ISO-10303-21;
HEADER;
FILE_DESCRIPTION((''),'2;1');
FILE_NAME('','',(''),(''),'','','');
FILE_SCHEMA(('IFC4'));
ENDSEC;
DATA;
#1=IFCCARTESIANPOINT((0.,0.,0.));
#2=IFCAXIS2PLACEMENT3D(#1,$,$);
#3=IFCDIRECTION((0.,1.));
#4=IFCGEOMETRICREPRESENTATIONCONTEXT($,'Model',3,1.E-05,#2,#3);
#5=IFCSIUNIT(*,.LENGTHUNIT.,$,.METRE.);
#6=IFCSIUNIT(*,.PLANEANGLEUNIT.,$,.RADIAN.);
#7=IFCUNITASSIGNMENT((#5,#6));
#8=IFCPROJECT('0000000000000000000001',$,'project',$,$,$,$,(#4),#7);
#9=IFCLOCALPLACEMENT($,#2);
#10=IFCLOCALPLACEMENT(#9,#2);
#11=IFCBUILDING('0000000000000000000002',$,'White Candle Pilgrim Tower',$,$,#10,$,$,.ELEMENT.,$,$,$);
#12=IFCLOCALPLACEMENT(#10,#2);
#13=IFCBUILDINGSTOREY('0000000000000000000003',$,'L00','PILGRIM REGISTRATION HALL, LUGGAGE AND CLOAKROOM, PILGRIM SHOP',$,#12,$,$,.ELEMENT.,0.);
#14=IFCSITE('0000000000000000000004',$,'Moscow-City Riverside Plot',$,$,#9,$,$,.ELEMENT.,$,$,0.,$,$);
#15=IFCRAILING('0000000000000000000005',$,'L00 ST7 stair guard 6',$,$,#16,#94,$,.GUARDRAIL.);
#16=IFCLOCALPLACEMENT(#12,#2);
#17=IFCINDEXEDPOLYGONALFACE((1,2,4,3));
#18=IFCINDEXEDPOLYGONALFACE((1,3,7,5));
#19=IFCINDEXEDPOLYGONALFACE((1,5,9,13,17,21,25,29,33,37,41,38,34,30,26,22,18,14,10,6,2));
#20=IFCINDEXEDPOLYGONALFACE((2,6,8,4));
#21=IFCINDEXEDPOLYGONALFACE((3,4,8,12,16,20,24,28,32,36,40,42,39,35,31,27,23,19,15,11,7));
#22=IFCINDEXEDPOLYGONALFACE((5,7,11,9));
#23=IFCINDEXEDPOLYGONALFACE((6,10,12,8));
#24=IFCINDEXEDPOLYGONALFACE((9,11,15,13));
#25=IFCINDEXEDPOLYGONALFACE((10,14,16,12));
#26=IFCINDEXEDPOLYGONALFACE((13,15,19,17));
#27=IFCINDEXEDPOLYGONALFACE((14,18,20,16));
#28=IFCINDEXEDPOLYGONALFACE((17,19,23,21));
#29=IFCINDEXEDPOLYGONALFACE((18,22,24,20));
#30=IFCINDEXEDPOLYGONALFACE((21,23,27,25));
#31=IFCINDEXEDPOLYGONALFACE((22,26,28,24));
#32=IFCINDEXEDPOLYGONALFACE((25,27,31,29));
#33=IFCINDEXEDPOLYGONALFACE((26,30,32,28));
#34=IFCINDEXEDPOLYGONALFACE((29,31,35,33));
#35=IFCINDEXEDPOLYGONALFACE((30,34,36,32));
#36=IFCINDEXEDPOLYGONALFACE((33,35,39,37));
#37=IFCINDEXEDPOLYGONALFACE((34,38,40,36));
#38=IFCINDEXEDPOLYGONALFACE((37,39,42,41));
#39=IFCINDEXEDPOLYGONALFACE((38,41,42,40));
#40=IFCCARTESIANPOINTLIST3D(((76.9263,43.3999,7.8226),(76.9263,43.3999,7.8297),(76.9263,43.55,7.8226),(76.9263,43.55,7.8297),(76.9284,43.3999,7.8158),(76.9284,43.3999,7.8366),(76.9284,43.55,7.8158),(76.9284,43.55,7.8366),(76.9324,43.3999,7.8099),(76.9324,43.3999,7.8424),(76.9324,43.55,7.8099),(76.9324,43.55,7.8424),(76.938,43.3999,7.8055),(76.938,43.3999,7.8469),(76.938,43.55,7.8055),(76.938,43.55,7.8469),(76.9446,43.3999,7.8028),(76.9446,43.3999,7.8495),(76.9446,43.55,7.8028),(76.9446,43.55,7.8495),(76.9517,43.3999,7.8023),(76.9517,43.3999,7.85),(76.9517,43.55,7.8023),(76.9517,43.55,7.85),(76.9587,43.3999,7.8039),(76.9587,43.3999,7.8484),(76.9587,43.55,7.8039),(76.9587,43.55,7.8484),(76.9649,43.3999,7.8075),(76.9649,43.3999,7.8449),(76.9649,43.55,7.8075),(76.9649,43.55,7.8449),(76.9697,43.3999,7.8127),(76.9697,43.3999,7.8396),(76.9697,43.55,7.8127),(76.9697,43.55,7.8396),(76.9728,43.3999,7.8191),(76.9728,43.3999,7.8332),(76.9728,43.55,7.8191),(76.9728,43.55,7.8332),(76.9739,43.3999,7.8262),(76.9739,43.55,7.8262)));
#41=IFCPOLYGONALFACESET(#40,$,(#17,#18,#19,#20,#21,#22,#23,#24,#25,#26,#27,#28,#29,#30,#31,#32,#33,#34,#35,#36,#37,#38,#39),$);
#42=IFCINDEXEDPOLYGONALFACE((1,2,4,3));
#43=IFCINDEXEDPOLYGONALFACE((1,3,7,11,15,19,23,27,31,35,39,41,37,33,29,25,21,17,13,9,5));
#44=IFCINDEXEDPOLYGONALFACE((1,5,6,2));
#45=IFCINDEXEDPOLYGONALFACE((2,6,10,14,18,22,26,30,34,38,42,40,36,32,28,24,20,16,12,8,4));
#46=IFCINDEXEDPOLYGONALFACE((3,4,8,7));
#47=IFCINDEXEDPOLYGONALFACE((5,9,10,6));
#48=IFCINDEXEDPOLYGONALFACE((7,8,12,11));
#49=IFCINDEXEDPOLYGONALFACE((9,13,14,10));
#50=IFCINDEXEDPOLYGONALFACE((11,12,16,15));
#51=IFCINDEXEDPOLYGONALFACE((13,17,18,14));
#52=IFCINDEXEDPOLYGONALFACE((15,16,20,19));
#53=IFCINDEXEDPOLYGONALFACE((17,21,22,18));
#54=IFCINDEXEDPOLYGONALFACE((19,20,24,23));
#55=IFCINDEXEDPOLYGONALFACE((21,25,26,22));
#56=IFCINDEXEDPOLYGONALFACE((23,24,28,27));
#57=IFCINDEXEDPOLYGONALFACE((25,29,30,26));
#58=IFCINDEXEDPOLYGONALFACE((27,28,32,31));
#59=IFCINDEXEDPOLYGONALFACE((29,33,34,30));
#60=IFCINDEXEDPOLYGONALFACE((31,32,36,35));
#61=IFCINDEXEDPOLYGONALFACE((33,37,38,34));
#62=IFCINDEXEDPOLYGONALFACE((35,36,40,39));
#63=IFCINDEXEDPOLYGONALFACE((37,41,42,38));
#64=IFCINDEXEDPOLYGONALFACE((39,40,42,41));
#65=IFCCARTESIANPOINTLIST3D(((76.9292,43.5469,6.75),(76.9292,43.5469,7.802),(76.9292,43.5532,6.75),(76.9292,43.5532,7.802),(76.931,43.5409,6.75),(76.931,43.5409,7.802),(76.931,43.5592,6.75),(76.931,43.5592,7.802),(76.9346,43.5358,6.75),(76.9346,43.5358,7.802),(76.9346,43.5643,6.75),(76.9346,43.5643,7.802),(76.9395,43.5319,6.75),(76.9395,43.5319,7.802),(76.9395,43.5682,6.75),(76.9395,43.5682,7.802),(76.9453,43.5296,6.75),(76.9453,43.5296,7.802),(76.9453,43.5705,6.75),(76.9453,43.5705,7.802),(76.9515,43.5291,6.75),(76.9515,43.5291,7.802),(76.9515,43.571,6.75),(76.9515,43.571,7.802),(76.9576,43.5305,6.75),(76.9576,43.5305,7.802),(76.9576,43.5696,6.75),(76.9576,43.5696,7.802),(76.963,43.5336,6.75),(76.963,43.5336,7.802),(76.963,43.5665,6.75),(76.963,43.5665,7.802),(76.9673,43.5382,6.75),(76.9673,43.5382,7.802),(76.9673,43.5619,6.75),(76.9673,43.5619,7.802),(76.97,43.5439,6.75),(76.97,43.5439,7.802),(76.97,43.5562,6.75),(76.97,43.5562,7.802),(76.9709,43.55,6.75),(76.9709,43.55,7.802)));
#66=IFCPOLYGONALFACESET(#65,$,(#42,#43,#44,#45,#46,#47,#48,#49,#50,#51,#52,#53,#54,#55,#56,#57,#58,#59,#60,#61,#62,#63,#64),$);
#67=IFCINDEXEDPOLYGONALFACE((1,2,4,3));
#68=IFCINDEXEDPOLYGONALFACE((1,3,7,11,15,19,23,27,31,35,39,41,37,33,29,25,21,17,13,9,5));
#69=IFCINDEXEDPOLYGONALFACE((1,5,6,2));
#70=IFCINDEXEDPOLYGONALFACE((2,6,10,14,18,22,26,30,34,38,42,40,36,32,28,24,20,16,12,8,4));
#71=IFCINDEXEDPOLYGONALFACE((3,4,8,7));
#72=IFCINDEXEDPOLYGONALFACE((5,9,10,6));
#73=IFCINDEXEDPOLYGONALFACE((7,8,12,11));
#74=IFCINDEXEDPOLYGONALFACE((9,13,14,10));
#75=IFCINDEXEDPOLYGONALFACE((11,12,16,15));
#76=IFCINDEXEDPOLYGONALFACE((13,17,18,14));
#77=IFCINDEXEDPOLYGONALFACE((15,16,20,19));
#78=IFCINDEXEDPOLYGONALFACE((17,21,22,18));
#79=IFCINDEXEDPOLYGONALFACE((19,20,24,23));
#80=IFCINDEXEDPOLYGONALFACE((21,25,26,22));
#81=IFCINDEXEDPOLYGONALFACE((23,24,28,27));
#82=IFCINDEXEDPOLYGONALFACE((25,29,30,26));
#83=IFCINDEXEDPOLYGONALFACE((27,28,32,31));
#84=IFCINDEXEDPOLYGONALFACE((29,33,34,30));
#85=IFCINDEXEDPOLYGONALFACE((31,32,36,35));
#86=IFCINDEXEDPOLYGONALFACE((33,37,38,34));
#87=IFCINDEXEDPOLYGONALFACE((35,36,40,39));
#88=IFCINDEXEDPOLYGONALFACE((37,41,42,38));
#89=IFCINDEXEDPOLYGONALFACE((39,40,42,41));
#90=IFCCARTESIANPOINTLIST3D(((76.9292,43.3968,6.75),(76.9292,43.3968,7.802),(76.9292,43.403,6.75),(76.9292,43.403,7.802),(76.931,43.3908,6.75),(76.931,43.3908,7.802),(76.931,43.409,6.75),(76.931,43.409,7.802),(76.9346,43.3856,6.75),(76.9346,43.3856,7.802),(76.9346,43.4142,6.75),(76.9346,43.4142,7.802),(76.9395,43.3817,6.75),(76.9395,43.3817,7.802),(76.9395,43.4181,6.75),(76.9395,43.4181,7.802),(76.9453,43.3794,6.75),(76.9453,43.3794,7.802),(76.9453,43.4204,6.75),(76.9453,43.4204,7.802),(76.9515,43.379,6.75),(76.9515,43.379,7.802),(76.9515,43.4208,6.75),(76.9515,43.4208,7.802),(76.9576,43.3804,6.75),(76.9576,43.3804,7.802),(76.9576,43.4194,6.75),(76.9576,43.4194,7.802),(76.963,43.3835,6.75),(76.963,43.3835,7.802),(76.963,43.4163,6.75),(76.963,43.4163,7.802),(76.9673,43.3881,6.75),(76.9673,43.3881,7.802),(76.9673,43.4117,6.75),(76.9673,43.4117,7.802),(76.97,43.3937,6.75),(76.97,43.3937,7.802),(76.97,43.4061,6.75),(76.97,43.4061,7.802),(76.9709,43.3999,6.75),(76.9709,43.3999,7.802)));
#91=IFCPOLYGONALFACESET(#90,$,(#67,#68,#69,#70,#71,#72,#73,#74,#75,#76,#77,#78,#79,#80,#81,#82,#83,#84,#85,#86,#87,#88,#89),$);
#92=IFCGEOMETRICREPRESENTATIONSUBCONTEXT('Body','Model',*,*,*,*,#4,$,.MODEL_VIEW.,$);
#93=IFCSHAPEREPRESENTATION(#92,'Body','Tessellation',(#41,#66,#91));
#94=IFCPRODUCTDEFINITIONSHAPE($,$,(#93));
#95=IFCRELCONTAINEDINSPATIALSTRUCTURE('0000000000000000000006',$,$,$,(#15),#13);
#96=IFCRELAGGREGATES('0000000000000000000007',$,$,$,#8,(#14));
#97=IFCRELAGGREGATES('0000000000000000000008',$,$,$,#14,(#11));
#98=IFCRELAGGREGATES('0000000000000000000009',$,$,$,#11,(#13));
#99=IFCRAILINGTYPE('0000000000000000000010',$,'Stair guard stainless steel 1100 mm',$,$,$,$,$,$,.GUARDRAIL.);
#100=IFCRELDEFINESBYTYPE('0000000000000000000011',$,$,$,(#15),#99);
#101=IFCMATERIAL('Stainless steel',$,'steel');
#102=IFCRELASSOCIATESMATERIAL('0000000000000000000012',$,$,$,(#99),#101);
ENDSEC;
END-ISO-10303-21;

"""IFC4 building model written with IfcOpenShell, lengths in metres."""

from ifc_helpers import new_model, si_unit, direction, frame, origin, origin_2d, place, context, subcontext, project, spatial, circle, extrude, material, type_object, element, save


model = new_model("IFC4")

# Units and contexts
model_context = context("Model", 3, precision=1e-05, world=origin(), true_north=direction((0.0, 1.0)))
body_context = subcontext(model_context, "Body", "Model", "MODEL_VIEW")
ifc_project = project(units=[si_unit("LENGTHUNIT", "METRE"), si_unit("PLANEANGLEUNIT", "RADIAN")], contexts=[model_context])

# Site, building, storey
site_placement = place(None, origin())
site = spatial("IfcSite", under=ifc_project, at=site_placement, Name="Moscow-City Riverside Plot", CompositionType="ELEMENT", RefElevation=0.0)
building_placement = place(site_placement, origin())
building = spatial("IfcBuilding", under=site, at=building_placement, Name="White Candle Pilgrim Tower", CompositionType="ELEMENT")
storey_placement = place(building_placement, origin())
storey = spatial("IfcBuildingStorey", under=building, at=storey_placement, Name="L00", Description="PILGRIM REGISTRATION HALL, LUGGAGE AND CLOAKROOM, PILGRIM SHOP", CompositionType="ELEMENT", Elevation=0.0)

# Railing
ifc_material_1 = material(Name="Stainless steel", Category="steel")
railing_type_1 = type_object("IfcRailingType", Name="Stair guard stainless steel 1100 mm", PredefinedType="GUARDRAIL", material=ifc_material_1)
railing_1_placement = place(storey_placement, frame((76.95, 43.55, 6.75)))
element("IfcRailing", 1, at=railing_1_placement, inside=storey, type_object=railing_type_1, Name="L00 ST7 stair guard 6", PredefinedType="GUARDRAIL", context=body_context, shape_type="SweptSolid", body=[
    extrude(circle(Radius=0.0239, at=origin_2d()), frame((0.0, 0.0, 1.0762), z_axis=(0.0, -1.0, 0.0), x_axis=(1.0, 0.0, 0.0)), (0.0, 0.0, 1.0), 0.1501),
    extrude(circle(Radius=0.021, at=origin_2d()), origin(), (0.0, 0.0, 1.0), 1.052),
    extrude(circle(Radius=0.021, at=origin_2d()), frame((0.0, -0.1501, 0.0)), (0.0, 0.0, 1.0), 1.052),
])

save(model, "model.ifc")
